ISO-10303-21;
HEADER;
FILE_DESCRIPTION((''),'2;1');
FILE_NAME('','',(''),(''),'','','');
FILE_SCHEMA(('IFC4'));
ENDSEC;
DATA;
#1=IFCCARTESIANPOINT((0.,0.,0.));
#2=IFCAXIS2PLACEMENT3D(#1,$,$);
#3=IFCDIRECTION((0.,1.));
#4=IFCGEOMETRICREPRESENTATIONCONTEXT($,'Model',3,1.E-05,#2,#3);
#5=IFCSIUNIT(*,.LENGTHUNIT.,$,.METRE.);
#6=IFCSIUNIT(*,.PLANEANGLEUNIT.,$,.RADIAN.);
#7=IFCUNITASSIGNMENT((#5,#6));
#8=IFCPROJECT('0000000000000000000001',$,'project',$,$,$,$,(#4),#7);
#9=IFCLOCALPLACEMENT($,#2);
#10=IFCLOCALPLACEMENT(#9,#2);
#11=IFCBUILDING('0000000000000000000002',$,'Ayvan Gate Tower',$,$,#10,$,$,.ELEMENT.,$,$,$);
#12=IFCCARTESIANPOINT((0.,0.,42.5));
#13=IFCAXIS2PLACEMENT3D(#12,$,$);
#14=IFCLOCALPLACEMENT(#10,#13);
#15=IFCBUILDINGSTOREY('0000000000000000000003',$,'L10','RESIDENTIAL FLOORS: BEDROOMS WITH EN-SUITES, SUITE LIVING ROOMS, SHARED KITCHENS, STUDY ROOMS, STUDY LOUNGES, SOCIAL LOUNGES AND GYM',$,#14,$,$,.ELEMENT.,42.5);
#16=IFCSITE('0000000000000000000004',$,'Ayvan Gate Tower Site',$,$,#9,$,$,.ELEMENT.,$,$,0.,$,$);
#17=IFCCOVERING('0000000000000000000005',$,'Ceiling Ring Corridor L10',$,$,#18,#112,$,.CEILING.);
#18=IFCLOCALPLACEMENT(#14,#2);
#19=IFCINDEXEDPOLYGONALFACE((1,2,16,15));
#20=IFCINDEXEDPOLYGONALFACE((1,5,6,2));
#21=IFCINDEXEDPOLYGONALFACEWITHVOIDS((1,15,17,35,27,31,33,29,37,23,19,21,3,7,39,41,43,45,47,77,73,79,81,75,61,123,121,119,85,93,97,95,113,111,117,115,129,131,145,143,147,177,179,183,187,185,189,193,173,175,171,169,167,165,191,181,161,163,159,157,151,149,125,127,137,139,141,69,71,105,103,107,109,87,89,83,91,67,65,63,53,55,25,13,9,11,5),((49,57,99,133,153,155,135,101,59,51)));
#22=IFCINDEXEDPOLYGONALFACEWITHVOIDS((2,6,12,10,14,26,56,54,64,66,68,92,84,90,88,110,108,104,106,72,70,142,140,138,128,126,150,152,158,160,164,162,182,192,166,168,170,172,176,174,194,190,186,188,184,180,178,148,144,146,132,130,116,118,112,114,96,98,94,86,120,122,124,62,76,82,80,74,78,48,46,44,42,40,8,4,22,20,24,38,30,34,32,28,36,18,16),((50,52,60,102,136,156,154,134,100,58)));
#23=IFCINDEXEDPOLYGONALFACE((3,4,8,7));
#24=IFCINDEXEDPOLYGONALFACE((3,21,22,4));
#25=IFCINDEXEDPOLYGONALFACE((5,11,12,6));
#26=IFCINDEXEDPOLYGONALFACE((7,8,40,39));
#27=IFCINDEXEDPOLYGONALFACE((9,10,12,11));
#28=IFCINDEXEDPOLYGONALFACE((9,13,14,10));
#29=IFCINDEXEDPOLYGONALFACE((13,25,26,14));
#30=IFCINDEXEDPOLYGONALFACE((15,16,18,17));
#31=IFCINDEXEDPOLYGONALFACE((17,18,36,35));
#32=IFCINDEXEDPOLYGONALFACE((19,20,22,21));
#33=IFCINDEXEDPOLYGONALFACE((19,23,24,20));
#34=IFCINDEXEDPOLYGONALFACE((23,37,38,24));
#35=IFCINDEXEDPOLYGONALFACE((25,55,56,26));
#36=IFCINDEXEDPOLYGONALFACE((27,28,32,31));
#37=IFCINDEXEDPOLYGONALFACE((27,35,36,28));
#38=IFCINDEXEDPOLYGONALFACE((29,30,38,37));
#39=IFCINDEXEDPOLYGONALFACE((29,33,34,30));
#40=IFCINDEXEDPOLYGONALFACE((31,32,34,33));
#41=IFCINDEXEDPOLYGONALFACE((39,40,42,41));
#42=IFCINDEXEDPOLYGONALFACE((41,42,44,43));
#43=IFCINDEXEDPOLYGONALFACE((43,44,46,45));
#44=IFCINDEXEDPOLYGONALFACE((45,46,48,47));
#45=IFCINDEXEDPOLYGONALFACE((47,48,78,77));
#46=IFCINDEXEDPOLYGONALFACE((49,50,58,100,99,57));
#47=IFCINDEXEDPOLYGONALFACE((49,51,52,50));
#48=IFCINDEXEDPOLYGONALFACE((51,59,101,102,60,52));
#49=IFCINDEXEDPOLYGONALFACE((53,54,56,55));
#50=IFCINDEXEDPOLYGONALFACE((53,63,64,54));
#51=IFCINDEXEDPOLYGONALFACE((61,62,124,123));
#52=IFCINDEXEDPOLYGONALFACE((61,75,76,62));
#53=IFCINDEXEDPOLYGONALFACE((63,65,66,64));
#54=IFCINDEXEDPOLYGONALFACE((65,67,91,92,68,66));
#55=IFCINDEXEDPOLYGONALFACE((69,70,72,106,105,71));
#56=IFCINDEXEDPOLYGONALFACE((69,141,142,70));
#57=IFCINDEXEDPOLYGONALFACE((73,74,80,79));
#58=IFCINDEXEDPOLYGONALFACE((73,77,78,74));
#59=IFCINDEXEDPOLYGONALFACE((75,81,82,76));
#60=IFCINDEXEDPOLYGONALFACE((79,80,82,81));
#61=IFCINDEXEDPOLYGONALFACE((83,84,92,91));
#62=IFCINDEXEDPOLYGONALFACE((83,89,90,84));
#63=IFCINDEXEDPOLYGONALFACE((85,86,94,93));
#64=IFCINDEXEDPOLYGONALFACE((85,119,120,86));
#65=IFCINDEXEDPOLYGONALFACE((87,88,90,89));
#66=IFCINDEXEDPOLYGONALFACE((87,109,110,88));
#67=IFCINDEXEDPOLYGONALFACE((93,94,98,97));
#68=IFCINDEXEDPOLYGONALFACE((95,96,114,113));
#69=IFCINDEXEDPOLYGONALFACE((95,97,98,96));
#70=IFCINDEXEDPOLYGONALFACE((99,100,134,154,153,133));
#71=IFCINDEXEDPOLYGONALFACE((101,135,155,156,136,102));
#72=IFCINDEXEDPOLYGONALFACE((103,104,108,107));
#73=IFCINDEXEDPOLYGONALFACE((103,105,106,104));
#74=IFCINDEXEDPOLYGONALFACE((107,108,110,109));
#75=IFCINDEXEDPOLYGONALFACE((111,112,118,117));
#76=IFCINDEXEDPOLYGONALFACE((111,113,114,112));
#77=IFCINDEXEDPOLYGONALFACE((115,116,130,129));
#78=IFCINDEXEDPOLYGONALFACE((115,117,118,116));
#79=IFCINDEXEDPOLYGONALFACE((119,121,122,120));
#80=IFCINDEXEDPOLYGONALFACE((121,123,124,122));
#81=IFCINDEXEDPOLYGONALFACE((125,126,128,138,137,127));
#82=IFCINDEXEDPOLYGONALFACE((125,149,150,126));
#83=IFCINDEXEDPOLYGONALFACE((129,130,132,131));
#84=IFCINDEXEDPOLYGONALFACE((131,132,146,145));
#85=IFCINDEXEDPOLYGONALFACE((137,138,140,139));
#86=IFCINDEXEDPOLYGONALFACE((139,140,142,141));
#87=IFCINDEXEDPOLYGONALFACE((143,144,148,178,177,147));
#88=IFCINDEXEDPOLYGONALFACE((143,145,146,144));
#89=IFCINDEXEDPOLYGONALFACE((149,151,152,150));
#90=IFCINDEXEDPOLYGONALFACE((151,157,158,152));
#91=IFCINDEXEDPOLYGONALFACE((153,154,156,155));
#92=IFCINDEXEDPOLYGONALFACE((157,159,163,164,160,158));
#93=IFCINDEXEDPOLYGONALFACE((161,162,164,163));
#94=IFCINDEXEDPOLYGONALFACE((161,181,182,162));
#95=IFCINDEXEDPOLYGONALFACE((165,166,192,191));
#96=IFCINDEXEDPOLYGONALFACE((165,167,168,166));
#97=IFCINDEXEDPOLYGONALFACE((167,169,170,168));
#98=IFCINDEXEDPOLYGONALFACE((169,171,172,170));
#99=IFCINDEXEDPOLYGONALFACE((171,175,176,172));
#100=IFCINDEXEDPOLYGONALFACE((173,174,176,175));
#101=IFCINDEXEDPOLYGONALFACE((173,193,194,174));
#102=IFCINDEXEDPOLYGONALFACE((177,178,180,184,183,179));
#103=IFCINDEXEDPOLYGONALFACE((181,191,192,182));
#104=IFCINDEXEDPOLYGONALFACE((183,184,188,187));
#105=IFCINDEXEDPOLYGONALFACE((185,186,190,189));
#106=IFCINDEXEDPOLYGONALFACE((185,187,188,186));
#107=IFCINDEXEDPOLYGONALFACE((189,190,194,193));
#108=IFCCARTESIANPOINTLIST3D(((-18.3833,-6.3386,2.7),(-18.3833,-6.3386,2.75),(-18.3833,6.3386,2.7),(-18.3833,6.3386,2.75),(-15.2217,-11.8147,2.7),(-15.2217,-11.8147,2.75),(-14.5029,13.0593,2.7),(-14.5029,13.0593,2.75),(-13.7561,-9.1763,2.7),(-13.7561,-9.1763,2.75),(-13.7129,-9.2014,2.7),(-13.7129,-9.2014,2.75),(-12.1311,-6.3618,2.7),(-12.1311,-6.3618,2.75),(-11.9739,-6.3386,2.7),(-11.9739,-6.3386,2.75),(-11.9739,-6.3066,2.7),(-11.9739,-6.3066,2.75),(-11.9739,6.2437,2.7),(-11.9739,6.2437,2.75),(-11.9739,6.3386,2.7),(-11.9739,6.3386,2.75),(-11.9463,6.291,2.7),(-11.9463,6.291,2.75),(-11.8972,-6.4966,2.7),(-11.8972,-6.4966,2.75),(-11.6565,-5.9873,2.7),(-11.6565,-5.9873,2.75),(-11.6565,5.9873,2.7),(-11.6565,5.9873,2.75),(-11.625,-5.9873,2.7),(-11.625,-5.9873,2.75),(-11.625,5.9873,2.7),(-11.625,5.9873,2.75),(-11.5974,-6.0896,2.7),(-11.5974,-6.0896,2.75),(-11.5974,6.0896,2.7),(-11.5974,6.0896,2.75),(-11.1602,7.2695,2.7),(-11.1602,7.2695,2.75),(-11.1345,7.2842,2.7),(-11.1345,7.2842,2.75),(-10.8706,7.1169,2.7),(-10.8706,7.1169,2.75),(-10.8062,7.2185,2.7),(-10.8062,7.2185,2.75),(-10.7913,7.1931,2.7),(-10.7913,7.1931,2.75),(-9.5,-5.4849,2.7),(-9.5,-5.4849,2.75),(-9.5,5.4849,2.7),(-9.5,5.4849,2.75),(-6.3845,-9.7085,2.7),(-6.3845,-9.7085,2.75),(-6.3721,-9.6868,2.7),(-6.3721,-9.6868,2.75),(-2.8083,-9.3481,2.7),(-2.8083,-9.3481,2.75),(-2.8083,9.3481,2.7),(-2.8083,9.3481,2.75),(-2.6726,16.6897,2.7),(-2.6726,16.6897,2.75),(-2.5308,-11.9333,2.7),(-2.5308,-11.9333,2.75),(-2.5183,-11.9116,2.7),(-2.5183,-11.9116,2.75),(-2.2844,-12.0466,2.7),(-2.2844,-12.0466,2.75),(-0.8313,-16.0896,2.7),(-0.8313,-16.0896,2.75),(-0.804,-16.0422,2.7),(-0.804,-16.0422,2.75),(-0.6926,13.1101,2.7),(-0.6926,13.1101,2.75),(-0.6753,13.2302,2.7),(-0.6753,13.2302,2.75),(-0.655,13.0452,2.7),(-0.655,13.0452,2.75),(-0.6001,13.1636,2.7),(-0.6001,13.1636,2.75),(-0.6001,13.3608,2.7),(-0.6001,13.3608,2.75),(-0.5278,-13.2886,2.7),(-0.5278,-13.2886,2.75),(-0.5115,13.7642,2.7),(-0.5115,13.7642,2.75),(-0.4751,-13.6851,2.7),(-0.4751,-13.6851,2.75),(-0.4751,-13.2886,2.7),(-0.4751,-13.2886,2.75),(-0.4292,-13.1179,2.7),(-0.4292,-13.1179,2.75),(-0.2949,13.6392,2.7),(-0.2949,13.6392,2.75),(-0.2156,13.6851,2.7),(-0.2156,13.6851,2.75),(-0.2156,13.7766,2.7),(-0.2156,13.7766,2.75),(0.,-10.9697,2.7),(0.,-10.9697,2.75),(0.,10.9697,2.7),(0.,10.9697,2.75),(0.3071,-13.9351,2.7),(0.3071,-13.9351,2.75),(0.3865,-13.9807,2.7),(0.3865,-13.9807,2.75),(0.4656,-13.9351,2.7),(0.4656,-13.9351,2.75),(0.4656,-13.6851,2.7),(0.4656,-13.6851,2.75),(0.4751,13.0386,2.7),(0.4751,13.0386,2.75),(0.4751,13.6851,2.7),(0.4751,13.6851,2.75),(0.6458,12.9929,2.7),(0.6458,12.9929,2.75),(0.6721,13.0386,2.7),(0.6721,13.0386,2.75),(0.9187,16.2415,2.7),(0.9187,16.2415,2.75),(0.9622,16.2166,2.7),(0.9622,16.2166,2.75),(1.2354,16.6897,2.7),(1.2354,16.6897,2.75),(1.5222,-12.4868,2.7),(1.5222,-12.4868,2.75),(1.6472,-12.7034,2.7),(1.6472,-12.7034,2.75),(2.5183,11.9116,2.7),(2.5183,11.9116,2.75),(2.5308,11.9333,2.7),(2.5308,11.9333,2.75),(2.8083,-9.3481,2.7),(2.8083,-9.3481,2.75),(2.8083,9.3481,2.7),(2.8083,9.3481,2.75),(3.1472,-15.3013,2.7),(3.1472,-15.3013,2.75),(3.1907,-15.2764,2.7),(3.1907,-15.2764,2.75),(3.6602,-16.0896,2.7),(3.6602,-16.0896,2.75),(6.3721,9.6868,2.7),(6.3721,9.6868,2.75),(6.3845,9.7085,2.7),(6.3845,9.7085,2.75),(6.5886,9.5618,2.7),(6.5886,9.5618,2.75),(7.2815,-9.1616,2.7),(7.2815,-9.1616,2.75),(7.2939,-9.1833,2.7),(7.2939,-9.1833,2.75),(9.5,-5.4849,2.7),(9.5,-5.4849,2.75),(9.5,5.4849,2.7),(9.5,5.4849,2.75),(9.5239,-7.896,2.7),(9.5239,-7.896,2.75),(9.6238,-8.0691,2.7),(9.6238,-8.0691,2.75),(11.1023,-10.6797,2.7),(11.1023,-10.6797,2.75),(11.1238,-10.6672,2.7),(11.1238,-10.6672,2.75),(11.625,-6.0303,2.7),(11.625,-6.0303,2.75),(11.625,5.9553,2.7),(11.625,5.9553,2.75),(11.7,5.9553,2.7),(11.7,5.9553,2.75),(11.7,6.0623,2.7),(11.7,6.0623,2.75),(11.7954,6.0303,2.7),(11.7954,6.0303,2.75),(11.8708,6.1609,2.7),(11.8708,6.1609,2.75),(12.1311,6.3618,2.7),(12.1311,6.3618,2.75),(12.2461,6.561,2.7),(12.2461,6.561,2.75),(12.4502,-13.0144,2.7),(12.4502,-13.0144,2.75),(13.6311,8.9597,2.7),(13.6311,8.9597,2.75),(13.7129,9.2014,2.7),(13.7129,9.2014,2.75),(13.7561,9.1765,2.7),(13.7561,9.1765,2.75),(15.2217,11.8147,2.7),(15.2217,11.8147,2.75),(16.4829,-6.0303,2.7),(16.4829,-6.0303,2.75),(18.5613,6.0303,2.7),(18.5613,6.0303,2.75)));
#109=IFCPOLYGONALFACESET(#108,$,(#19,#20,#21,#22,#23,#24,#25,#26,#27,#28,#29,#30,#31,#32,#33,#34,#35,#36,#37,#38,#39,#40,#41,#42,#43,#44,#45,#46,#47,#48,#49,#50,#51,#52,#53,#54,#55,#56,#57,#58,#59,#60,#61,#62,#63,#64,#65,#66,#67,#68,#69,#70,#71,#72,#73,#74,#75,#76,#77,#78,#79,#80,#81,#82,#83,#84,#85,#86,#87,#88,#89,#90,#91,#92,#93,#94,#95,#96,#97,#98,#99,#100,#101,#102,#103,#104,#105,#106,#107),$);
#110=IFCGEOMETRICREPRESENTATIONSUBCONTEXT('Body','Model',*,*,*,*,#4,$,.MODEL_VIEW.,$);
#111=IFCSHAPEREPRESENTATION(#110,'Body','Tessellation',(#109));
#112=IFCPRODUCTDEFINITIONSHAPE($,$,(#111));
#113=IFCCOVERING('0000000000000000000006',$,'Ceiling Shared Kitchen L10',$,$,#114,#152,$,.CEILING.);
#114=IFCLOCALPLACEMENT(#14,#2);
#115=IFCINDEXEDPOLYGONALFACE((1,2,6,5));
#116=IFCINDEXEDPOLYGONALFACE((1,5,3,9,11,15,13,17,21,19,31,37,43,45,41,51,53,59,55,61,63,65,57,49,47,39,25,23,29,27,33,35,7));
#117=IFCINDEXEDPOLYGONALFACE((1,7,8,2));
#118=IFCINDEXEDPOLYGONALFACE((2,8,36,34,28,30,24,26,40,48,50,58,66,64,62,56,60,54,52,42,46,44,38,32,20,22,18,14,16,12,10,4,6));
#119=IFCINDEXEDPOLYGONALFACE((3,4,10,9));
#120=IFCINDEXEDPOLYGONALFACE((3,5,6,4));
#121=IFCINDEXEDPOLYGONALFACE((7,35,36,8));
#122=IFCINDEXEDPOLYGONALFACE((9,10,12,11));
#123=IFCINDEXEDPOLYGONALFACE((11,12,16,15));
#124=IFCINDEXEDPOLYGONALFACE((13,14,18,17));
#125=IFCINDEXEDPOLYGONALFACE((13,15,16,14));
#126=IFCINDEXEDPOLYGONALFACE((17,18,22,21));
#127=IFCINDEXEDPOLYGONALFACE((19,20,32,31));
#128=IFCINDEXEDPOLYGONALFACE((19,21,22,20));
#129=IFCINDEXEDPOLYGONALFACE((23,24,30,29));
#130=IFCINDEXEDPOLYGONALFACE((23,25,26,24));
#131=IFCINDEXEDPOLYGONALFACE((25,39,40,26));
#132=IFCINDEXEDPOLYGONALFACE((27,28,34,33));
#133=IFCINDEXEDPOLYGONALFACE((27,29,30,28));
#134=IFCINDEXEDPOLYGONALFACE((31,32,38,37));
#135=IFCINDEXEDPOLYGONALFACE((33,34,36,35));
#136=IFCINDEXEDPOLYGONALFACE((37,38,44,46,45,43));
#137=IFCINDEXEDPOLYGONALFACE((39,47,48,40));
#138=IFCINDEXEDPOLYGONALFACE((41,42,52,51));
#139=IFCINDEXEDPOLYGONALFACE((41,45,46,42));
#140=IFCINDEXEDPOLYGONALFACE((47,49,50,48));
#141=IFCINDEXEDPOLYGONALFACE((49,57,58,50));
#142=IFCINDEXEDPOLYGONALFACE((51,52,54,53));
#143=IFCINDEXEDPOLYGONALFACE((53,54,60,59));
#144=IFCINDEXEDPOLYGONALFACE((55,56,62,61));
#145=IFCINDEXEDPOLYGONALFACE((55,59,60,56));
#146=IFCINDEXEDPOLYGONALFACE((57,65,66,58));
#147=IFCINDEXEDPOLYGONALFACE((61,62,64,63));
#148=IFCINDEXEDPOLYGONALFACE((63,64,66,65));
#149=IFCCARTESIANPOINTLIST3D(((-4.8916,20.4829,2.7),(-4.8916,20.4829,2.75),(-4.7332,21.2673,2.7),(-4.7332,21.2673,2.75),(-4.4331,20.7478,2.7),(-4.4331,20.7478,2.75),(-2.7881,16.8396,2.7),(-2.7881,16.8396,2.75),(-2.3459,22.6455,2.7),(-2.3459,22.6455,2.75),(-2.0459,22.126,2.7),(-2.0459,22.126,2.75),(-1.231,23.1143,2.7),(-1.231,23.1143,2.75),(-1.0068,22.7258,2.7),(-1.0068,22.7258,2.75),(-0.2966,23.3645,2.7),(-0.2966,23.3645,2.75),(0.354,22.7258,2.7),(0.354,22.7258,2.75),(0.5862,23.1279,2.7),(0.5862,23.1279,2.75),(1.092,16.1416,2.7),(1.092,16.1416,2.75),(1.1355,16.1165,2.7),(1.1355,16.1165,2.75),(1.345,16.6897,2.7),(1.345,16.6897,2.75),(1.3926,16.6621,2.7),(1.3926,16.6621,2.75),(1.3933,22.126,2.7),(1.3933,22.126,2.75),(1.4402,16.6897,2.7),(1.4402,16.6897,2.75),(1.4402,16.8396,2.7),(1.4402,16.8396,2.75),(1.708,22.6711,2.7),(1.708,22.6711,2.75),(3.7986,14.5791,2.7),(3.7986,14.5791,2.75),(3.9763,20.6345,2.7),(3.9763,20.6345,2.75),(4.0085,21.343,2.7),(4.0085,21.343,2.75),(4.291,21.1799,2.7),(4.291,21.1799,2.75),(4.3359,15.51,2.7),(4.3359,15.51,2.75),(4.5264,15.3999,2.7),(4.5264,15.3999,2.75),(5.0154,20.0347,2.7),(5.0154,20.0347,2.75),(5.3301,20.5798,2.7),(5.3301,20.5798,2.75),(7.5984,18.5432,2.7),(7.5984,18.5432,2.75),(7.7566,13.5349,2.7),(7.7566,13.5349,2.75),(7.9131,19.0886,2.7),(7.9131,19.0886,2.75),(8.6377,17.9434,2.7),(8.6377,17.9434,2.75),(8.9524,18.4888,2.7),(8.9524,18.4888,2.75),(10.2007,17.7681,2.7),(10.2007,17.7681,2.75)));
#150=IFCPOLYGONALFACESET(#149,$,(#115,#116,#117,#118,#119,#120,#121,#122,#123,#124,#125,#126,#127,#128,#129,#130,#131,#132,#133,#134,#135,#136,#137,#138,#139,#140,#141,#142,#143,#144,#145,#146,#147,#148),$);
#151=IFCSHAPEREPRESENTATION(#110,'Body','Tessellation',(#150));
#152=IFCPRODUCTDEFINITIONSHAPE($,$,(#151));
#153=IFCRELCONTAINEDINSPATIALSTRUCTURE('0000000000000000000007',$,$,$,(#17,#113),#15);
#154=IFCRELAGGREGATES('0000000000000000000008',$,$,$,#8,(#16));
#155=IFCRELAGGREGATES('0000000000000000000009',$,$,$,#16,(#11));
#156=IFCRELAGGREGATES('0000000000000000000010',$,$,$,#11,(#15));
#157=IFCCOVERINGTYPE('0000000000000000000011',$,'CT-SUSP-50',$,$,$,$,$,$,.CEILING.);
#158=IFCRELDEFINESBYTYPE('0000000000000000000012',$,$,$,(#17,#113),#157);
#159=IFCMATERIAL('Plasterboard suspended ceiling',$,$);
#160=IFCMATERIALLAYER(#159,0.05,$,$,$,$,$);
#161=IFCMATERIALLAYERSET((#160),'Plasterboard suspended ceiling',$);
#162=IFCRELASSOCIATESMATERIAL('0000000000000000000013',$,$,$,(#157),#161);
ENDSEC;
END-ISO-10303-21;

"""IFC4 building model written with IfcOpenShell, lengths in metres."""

from ifc_helpers import new_model, si_unit, direction, frame, origin, place, context, subcontext, project, spatial, polyline, outline, extrude, material, layer, layer_set, type_object, element, save


model = new_model("IFC4")

# Units and contexts
model_context = context("Model", 3, precision=1e-05, world=origin(), true_north=direction((0.0, 1.0)))
body_context = subcontext(model_context, "Body", "Model", "MODEL_VIEW")
ifc_project = project(units=[si_unit("LENGTHUNIT", "METRE"), si_unit("PLANEANGLEUNIT", "RADIAN")], contexts=[model_context])

# Site, building, storey
site_placement = place(None, origin())
site = spatial("IfcSite", under=ifc_project, at=site_placement, Name="Ayvan Gate Tower Site", CompositionType="ELEMENT", RefElevation=0.0)
building_placement = place(site_placement, origin())
building = spatial("IfcBuilding", under=site, at=building_placement, Name="Ayvan Gate Tower", CompositionType="ELEMENT")
storey_placement = place(building_placement, frame((0.0, 0.0, 42.5)))
storey = spatial("IfcBuildingStorey", under=building, at=storey_placement, Name="L10", Description="RESIDENTIAL FLOORS: BEDROOMS WITH EN-SUITES, SUITE LIVING ROOMS, SHARED KITCHENS, STUDY ROOMS, STUDY LOUNGES, SOCIAL LOUNGES AND GYM", CompositionType="ELEMENT", Elevation=42.5)

# Coverings
ifc_material_1 = material(Name="Plasterboard suspended ceiling")
ifc_layer_1 = layer(ifc_material_1, 0.05)
ifc_layer_set_1 = layer_set([ifc_layer_1], Name="Plasterboard suspended ceiling")
covering_type = type_object("IfcCoveringType", Name="CT-SUSP-50", PredefinedType="CEILING", material=ifc_layer_set_1)
covering_1_placement = place(storey_placement, frame((0.0, 0.0, 2.7)))
element("IfcCovering", 1, at=covering_1_placement, inside=storey, type_object=covering_type, Name="Ceiling Ring Corridor L10", PredefinedType="CEILING", context=body_context, shape_type="SweptSolid", body=[
    extrude(outline(polyline([(-11.9739, -6.3066), (-11.5974, -6.0896), (-11.6565, -5.9873), (-11.625, -5.9873), (-11.625, 5.9873), (-11.6565, 5.9873), (-11.5974, 6.0896), (-11.9463, 6.291), (-11.9739, 6.2437), (-11.9739, 6.3386), (-18.3833, 6.3386), (-14.5029, 13.0593), (-11.1602, 7.2695), (-11.1345, 7.2842), (-10.8706, 7.1169), (-10.8062, 7.2185), (-10.7913, 7.1931), (-0.655, 13.0452), (-0.6926, 13.1101), (-0.6001, 13.1636), (-0.6001, 13.3608), (-0.6753, 13.2302), (-2.6726, 16.6897), (1.2354, 16.6897), (0.9622, 16.2166), (0.9187, 16.2415), (-0.5115, 13.7642), (-0.2949, 13.6392), (-0.2156, 13.7766), (-0.2156, 13.6851), (0.4751, 13.6851), (0.4751, 13.0386), (0.6721, 13.0386), (0.6458, 12.9929), (2.5183, 11.9116), (2.5308, 11.9333), (6.3845, 9.7085), (6.3721, 9.6868), (6.5886, 9.5618), (12.1311, 6.3618), (12.2461, 6.561), (13.6311, 8.9597), (13.7561, 9.1765), (13.7129, 9.2014), (15.2217, 11.8147), (18.5613, 6.0303), (11.7954, 6.0303), (11.8708, 6.1609), (11.7, 6.0623), (11.7, 5.9553), (11.625, 5.9553), (11.625, -6.0303), (16.4829, -6.0303), (12.4502, -13.0144), (11.1023, -10.6797), (11.1238, -10.6672), (9.6238, -8.0691), (9.5239, -7.896), (7.2939, -9.1833), (7.2815, -9.1616), (1.5222, -12.4868), (1.6472, -12.7034), (3.1472, -15.3013), (3.1907, -15.2764), (3.6602, -16.0896), (-0.8313, -16.0896), (-0.804, -16.0422), (0.3865, -13.9807), (0.3071, -13.9351), (0.4656, -13.9351), (0.4656, -13.6851), (-0.4751, -13.6851), (-0.4751, -13.2886), (-0.5278, -13.2886), (-0.4292, -13.1179), (-2.2844, -12.0466), (-2.5183, -11.9116), (-2.5308, -11.9333), (-6.3845, -9.7085), (-6.3721, -9.6868), (-11.8972, -6.4966), (-12.1311, -6.3618), (-13.7561, -9.1763), (-13.7129, -9.2014), (-15.2217, -11.8147), (-18.3833, -6.3386), (-11.9739, -6.3386), (-11.9739, -6.3066)]), holes=[polyline([(-2.8083, -9.3481), (0.0, -10.9697), (2.8083, -9.3481), (9.5, -5.4849), (9.5, 5.4849), (2.8083, 9.3481), (0.0, 10.9697), (-2.8083, 9.3481), (-9.5, 5.4849), (-9.5, -5.4849), (-2.8083, -9.3481)])]), origin(), (0.0, 0.0, 1.0), 0.05),
])
covering_2_placement = place(storey_placement, frame((0.0, 0.0, 2.7)))
element("IfcCovering", 2, at=covering_2_placement, inside=storey, type_object=covering_type, Name="Ceiling Shared Kitchen L10", PredefinedType="CEILING", context=body_context, shape_type="SweptSolid", body=[
    extrude(outline(polyline([(-4.8916, 20.4829), (-4.4331, 20.7478), (-4.7332, 21.2673), (-2.3459, 22.6455), (-2.0459, 22.126), (-1.0068, 22.7258), (-1.231, 23.1143), (-0.2966, 23.3645), (0.5862, 23.1279), (0.354, 22.7258), (1.3933, 22.126), (1.708, 22.6711), (4.0085, 21.343), (4.291, 21.1799), (3.9763, 20.6345), (5.0154, 20.0347), (5.3301, 20.5798), (7.9131, 19.0886), (7.5984, 18.5432), (8.6377, 17.9434), (8.9524, 18.4888), (10.2007, 17.7681), (7.7566, 13.5349), (4.5264, 15.3999), (4.3359, 15.51), (3.7986, 14.5791), (1.1355, 16.1165), (1.092, 16.1416), (1.3926, 16.6621), (1.345, 16.6897), (1.4402, 16.6897), (1.4402, 16.8396), (-2.7881, 16.8396), (-4.8916, 20.4829)])), origin(), (0.0, 0.0, 1.0), 0.05),
])

save(model, "model.ifc")
